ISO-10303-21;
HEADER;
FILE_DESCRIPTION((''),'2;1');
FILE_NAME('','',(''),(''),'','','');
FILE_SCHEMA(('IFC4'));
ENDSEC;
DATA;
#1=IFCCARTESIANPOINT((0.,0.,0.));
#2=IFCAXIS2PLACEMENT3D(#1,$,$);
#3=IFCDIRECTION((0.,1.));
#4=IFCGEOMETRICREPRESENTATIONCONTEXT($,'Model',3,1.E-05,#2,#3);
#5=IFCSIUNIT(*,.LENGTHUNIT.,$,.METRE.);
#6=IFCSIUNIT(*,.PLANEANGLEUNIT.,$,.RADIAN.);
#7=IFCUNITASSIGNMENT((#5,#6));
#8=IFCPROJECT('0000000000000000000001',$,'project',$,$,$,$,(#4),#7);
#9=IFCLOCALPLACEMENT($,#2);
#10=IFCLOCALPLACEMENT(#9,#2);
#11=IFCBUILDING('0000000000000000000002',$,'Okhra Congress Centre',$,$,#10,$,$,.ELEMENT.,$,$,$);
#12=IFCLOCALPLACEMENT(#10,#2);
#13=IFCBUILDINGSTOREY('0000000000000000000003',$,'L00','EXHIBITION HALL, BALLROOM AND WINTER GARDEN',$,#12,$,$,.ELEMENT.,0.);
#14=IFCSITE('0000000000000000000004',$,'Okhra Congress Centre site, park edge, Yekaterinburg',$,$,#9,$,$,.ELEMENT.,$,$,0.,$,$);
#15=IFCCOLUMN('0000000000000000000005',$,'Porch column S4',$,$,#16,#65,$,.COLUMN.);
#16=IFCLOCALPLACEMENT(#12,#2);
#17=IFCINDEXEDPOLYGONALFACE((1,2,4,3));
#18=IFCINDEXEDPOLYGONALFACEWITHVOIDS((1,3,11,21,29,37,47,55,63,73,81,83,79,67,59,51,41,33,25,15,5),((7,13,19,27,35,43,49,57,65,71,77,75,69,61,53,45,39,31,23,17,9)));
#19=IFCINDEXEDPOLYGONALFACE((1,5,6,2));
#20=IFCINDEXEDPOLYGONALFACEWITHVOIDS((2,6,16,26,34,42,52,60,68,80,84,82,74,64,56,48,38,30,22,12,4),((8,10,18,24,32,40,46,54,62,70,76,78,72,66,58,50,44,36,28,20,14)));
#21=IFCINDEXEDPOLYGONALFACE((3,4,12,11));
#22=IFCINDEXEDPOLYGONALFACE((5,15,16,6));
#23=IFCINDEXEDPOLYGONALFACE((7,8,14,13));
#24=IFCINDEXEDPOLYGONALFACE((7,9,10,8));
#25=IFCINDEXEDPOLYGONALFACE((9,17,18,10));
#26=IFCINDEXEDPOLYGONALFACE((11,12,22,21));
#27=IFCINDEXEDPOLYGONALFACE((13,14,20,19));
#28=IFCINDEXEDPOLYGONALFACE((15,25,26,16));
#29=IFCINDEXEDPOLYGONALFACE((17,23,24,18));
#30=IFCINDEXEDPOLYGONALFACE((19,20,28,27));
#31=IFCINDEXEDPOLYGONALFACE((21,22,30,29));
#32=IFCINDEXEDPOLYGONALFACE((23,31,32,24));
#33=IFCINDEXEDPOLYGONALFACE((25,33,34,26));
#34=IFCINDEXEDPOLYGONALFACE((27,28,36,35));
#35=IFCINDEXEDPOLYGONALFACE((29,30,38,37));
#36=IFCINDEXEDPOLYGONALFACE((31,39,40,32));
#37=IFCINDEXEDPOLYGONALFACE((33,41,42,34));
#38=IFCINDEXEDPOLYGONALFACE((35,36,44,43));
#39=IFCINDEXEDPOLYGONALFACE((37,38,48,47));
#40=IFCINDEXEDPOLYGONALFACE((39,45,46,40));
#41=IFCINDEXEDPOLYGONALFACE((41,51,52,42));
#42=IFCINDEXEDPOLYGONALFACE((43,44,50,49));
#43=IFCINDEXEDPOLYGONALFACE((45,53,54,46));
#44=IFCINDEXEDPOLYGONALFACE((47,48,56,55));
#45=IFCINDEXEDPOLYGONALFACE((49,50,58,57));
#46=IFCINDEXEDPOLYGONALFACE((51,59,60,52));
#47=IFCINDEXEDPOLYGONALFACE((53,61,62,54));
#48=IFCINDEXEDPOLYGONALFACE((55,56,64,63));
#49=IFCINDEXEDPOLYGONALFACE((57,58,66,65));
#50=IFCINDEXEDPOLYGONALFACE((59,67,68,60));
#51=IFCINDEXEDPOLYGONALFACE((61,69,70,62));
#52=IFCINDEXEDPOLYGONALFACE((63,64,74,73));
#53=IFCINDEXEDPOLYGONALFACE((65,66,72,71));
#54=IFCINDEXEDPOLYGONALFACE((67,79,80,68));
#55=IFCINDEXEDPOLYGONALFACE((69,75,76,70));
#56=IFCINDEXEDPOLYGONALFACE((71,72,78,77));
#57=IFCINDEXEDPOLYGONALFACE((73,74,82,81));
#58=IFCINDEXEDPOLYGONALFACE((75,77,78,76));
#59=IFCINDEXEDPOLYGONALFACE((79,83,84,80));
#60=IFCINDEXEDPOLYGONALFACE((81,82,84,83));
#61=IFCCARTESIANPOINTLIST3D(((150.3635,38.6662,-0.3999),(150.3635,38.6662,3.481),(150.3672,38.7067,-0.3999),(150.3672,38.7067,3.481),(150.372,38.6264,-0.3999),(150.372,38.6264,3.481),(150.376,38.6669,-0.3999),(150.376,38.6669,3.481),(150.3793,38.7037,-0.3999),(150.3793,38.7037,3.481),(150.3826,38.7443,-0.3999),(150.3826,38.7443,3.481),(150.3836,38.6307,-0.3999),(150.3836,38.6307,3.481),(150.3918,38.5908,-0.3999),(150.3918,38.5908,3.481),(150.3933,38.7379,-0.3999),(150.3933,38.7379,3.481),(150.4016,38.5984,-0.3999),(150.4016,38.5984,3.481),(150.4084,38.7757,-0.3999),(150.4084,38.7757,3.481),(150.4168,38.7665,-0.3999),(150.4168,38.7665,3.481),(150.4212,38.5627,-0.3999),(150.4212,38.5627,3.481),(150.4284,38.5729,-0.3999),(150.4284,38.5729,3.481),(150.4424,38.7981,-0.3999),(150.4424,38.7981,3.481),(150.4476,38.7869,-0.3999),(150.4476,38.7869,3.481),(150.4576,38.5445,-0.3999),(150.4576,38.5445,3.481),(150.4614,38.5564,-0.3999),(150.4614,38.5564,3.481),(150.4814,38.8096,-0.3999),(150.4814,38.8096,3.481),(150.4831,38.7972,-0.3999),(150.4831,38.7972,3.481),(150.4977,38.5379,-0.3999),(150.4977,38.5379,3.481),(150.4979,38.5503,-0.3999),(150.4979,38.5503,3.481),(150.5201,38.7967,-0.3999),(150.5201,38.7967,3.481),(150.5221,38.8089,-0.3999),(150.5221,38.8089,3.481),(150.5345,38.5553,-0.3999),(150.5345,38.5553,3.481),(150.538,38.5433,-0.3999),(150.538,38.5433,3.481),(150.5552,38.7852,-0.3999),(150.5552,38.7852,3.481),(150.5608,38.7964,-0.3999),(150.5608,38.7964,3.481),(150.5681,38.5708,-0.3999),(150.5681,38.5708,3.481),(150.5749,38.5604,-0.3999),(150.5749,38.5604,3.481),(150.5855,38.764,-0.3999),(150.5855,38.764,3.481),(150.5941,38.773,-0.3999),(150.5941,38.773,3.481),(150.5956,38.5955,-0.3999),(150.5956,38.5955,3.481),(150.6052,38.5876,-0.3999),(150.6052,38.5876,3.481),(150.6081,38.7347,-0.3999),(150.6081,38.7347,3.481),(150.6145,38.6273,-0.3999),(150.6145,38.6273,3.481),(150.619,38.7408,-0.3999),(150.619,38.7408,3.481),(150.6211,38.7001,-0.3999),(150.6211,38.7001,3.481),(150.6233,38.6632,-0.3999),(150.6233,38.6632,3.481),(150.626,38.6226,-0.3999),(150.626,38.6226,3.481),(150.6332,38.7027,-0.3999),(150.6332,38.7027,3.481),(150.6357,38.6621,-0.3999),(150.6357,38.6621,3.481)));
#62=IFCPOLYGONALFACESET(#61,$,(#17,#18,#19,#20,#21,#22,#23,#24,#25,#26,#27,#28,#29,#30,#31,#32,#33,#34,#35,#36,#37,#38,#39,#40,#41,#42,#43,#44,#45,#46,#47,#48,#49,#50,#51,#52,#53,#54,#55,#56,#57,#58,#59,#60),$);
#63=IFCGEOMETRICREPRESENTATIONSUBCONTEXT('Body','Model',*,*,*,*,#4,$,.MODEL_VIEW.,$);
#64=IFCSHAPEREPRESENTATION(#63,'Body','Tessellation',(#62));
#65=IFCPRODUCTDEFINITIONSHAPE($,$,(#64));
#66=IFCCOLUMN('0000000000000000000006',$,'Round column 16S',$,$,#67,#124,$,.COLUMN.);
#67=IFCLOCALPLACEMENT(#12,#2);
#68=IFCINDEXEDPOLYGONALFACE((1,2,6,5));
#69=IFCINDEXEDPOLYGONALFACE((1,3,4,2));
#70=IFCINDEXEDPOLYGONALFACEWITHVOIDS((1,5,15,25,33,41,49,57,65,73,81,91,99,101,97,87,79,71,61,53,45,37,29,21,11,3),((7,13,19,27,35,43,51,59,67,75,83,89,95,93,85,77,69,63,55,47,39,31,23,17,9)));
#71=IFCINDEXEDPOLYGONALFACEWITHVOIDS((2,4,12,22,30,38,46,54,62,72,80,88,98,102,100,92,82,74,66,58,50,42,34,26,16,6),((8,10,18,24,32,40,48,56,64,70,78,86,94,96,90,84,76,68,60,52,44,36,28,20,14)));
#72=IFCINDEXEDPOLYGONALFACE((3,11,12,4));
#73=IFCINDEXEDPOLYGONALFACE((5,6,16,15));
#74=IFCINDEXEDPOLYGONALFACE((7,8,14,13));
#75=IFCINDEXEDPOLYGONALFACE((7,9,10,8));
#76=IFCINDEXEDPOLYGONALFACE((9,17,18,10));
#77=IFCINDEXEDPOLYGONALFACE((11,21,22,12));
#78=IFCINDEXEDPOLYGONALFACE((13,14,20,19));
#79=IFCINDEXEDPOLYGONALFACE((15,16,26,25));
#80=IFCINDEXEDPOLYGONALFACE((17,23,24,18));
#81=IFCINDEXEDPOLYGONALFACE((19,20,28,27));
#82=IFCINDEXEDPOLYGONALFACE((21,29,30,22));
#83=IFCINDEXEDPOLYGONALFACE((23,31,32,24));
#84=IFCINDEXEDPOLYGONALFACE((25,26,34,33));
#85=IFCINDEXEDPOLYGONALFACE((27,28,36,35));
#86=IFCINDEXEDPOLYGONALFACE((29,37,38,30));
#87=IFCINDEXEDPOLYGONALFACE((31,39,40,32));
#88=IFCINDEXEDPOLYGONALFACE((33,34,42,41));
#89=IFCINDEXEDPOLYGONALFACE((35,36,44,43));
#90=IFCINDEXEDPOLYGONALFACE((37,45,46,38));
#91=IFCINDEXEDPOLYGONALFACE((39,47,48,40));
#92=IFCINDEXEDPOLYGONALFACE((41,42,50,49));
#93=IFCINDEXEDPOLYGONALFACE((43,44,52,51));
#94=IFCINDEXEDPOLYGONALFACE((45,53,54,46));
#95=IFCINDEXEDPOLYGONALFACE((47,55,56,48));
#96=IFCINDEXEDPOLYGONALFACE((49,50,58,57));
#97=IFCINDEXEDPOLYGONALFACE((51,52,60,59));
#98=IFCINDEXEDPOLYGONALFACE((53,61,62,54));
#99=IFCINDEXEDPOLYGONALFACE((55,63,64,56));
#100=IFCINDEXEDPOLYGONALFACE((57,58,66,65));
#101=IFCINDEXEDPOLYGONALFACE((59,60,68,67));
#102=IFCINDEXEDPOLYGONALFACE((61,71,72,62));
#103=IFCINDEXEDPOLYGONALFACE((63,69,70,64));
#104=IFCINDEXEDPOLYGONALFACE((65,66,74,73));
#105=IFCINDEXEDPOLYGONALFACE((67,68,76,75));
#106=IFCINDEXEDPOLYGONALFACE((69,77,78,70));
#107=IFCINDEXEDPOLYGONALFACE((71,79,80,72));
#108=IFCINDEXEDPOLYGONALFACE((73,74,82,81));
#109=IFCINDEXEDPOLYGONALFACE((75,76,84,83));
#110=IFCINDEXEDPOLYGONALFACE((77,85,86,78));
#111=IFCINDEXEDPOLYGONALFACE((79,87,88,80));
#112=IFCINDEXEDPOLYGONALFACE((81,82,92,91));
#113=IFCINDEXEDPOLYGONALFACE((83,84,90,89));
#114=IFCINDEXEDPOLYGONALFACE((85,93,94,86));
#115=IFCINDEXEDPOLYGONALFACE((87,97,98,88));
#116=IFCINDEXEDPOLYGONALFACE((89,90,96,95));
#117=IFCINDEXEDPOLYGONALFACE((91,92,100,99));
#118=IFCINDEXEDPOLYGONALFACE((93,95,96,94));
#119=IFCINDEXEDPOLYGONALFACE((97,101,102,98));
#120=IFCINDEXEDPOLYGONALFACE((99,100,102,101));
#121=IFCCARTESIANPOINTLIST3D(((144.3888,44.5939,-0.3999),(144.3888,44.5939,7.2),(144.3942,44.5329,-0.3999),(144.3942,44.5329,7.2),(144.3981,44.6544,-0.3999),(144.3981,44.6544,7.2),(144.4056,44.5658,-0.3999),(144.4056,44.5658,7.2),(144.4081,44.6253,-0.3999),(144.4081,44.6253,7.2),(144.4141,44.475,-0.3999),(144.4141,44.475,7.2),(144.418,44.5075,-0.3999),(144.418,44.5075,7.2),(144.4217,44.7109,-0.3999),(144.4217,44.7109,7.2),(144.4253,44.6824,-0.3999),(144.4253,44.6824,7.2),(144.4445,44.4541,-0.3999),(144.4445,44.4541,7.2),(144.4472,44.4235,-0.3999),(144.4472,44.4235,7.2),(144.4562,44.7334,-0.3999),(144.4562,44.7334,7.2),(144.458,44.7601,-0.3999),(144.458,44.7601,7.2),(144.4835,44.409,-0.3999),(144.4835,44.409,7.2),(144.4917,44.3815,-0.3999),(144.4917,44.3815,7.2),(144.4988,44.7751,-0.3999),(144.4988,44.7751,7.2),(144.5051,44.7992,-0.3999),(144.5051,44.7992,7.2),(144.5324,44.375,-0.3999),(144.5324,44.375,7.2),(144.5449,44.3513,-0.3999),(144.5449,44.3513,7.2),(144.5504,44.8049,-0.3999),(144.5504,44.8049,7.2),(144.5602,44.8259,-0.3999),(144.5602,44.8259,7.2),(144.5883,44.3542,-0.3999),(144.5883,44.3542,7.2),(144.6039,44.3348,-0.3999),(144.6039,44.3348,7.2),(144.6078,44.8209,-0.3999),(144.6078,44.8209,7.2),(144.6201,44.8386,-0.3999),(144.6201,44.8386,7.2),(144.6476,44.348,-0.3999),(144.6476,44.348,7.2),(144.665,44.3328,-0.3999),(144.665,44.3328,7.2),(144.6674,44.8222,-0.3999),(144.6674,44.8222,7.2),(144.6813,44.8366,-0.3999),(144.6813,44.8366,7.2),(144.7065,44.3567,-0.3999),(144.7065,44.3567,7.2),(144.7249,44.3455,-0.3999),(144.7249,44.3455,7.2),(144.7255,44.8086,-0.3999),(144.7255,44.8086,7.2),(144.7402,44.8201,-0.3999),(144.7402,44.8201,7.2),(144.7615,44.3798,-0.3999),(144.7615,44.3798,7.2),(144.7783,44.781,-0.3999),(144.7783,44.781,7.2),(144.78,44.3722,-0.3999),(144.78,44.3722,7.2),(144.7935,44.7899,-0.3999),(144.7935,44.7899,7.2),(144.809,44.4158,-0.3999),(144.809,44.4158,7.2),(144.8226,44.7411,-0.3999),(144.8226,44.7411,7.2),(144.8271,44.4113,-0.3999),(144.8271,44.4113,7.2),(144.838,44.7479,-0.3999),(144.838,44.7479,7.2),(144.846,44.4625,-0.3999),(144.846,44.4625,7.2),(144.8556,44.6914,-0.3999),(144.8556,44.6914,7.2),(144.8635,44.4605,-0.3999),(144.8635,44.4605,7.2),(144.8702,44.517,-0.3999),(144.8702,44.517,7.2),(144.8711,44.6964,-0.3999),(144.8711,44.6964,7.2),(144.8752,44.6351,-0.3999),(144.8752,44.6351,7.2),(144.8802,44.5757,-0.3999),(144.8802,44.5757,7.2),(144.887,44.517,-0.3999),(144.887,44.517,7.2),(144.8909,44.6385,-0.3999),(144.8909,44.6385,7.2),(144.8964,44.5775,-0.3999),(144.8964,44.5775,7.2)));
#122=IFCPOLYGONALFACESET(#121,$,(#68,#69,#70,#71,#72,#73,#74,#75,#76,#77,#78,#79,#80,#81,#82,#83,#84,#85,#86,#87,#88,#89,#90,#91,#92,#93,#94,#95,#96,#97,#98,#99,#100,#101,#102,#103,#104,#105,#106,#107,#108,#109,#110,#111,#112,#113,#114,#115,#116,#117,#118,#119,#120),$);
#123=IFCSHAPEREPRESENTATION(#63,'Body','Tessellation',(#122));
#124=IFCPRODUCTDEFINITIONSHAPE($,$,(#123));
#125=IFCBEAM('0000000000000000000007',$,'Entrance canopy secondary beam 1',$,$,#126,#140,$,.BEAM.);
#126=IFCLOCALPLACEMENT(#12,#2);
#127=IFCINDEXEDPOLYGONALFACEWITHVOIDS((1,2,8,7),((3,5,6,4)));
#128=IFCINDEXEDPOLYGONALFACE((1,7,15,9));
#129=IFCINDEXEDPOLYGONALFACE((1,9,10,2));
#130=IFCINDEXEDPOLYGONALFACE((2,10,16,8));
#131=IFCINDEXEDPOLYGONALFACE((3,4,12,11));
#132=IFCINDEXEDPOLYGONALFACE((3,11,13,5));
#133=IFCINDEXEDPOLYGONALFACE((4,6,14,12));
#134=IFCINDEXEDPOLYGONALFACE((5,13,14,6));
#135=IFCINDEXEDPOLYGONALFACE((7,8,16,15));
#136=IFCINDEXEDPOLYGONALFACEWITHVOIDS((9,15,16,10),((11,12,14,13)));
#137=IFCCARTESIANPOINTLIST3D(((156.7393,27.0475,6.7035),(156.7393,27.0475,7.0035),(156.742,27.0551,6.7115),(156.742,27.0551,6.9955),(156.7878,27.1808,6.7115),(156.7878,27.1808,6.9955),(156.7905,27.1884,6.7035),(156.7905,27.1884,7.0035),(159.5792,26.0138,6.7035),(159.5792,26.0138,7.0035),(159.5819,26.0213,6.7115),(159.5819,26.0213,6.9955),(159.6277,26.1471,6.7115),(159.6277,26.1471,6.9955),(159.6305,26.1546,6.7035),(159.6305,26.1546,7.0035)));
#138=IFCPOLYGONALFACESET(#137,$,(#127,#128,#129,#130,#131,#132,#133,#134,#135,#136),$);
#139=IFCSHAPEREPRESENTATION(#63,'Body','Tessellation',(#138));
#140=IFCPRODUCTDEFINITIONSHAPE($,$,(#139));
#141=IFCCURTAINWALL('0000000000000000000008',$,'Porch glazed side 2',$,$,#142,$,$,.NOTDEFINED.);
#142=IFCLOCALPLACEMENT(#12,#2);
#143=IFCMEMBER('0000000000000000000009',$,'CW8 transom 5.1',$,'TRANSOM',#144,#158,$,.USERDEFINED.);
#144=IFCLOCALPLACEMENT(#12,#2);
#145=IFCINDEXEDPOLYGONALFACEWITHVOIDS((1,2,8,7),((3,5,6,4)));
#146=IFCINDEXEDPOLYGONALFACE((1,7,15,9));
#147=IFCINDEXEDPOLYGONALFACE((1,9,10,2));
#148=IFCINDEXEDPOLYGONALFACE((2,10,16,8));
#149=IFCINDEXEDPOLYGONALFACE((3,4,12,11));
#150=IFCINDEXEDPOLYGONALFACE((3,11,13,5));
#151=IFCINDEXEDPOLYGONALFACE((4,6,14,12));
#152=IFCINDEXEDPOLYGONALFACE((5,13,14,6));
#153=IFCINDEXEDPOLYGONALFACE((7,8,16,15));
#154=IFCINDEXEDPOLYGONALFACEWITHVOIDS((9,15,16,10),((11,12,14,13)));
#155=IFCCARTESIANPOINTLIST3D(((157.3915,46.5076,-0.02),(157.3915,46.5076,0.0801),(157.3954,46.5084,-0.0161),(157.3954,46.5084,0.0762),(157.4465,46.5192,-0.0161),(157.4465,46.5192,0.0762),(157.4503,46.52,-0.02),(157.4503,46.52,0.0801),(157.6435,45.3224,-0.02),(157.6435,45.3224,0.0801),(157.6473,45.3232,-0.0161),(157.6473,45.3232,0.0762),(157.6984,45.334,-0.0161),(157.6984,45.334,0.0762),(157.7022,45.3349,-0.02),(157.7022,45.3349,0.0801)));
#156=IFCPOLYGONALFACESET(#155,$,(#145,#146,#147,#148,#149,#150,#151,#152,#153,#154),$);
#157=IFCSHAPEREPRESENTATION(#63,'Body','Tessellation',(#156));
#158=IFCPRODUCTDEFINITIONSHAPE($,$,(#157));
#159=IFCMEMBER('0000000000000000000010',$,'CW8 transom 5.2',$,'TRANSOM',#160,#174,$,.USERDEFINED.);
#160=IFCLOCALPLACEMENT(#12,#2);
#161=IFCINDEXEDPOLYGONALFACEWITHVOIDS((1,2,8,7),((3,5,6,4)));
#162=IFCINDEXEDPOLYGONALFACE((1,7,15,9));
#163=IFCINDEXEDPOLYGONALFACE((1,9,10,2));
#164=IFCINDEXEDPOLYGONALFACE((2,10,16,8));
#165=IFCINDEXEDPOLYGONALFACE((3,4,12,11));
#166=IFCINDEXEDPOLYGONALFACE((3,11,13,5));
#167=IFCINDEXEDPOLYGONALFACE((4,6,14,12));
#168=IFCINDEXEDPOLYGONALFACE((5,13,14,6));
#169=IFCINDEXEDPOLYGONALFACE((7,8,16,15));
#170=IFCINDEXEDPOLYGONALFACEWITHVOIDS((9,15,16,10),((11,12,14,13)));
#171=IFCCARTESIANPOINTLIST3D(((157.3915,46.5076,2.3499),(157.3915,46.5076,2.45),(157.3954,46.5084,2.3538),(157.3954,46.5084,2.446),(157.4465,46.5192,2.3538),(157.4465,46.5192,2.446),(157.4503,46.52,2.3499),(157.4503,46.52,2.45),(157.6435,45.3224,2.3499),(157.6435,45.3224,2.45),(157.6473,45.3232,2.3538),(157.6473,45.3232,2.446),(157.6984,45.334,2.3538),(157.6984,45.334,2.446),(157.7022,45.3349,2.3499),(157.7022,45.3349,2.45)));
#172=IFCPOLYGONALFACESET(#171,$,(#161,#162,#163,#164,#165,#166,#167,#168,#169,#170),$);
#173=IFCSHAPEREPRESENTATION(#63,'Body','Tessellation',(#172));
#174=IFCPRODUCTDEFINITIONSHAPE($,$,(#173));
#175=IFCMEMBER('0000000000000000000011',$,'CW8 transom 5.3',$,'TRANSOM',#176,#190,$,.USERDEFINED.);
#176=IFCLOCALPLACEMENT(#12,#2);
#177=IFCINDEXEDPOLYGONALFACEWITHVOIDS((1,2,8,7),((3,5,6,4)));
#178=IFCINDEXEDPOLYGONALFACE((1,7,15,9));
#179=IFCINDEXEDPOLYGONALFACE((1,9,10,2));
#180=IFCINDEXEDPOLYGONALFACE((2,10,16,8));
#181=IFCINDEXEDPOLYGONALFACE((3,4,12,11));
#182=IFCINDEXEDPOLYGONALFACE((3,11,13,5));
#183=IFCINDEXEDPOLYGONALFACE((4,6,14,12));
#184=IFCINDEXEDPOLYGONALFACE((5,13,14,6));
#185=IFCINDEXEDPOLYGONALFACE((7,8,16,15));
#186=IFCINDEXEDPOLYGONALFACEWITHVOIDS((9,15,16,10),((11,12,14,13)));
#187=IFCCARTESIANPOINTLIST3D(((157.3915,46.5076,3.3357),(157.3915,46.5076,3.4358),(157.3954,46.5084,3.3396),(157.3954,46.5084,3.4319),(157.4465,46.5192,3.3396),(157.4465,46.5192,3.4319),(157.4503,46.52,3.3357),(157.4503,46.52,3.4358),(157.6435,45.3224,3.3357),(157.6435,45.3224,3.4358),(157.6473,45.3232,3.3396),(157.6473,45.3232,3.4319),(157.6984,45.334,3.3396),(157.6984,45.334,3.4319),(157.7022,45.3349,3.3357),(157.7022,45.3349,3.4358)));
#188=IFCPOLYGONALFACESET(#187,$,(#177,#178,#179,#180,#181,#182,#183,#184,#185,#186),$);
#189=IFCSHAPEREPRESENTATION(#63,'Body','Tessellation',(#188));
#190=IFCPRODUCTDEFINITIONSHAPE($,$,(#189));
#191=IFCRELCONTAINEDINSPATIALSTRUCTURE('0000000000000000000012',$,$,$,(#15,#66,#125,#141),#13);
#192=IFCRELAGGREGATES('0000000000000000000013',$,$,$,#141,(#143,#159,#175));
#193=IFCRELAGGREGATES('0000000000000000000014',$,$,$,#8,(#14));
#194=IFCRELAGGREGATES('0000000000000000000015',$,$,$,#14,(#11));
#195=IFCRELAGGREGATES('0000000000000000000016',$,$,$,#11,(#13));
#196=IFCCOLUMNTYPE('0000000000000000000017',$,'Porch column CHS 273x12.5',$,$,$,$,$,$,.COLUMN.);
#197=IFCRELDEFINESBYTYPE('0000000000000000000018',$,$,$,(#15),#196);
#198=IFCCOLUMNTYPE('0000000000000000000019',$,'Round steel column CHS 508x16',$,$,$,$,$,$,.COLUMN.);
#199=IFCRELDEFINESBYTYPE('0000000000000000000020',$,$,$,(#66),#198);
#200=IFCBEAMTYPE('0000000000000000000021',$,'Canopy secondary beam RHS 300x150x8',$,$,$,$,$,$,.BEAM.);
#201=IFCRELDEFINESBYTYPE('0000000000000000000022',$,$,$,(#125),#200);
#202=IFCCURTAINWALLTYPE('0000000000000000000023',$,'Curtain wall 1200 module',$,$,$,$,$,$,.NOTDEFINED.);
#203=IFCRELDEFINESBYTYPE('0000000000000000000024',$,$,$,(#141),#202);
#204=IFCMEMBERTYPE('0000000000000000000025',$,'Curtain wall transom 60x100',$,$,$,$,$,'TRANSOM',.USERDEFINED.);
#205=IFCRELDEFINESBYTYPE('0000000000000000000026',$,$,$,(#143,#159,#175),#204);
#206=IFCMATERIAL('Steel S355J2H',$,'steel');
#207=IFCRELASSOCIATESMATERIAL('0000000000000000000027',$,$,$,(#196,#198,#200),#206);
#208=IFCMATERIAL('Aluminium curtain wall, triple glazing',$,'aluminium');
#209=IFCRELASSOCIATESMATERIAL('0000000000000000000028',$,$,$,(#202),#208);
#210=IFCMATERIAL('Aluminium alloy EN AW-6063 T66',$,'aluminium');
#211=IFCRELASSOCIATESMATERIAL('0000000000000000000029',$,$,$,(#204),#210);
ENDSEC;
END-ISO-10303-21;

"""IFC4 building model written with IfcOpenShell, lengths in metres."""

from ifc_helpers import new_model, si_unit, direction, frame, origin, origin_2d, place, context, subcontext, project, spatial, hollow_rectangle, hollow_circle, extrude, material, material_profile, profile_set, type_object, element, aggregate, save


model = new_model("IFC4")

# Units and contexts
model_context = context("Model", 3, precision=1e-05, world=origin(), true_north=direction((0.0, 1.0)))
body_context = subcontext(model_context, "Body", "Model", "MODEL_VIEW")
ifc_project = project(units=[si_unit("LENGTHUNIT", "METRE"), si_unit("PLANEANGLEUNIT", "RADIAN")], contexts=[model_context])

# Site, building, storey
site_placement = place(None, origin())
site = spatial("IfcSite", under=ifc_project, at=site_placement, Name="Okhra Congress Centre site, park edge, Yekaterinburg", CompositionType="ELEMENT", RefElevation=0.0)
building_placement = place(site_placement, origin())
building = spatial("IfcBuilding", under=site, at=building_placement, Name="Okhra Congress Centre", CompositionType="ELEMENT")
storey_placement = place(building_placement, origin())
storey = spatial("IfcBuildingStorey", under=building, at=storey_placement, Name="L00", Description="EXHIBITION HALL, BALLROOM AND WINTER GARDEN", CompositionType="ELEMENT", Elevation=0.0)

# Columns
ifc_material_1 = material(Name="Steel S355J2H", Category="steel")
ifc_material_profile_1 = material_profile(ifc_material_1, hollow_circle(Radius=0.1365, WallThickness=0.0125, at=origin_2d()), Name="CHS 273x12.5")
ifc_profile_set_1 = profile_set([ifc_material_profile_1], Name="Steel S355J2H")
column_type_1 = type_object("IfcColumnType", Name="Porch column CHS 273x12.5", PredefinedType="COLUMN", material=ifc_profile_set_1)
for number, where, z_axis, x_axis, name in (
    (1, (150.4998, 38.6743, -0.3999), (0.0, 0.0, 1.0), (0.978148, 0.207912, 0.0), "Porch column S4"),
):
    element("IfcColumn", number, at=place(storey_placement, frame(where, z_axis=z_axis, x_axis=x_axis)), inside=storey, type_object=column_type_1, Name=name, PredefinedType="COLUMN", context=body_context, shape_type="SweptSolid", body=[
        extrude(hollow_circle(Radius=0.1365, WallThickness=0.0125, at=origin_2d()), origin(), (0.0, 0.0, 1.0), 3.8809),
    ])
ifc_material_profile_2 = material_profile(ifc_material_1, hollow_circle(Radius=0.2539, WallThickness=0.0161, at=origin_2d()), Name="CHS 508x16")
ifc_profile_set_2 = profile_set([ifc_material_profile_2], Name="Steel S355J2H")
column_type_2 = type_object("IfcColumnType", Name="Round steel column CHS 508x16", PredefinedType="COLUMN", material=ifc_profile_set_2)
column_placement = place(storey_placement, frame((144.6426, 44.5857, -0.3999), z_axis=(0.0, 0.0, 1.0), x_axis=(0.978148, 0.207912, 0.0)))
element("IfcColumn", 2, at=column_placement, inside=storey, type_object=column_type_2, Name="Round column 16S", PredefinedType="COLUMN", context=body_context, shape_type="SweptSolid", body=[
    extrude(hollow_circle(Radius=0.2539, WallThickness=0.0161, at=origin_2d()), origin(), (0.0, 0.0, 1.0), 7.5999),
])

# Beam
ifc_material_profile_3 = material_profile(ifc_material_1, hollow_rectangle(XDim=0.1499, YDim=0.3, WallThickness=0.0081, at=origin_2d()), Name="RHS 300x150x8")
ifc_profile_set_3 = profile_set([ifc_material_profile_3], Name="Steel S355J2H")
beam_type_1 = type_object("IfcBeamType", Name="Canopy secondary beam RHS 300x150x8", PredefinedType="BEAM", material=ifc_profile_set_3)
beam_1_placement = place(storey_placement, frame((156.7649, 27.1179, 6.8535), z_axis=(0.939685, -0.342041, 0.0), x_axis=(0.342041, 0.939685, 0.0)))
element("IfcBeam", 3, at=beam_1_placement, inside=storey, type_object=beam_type_1, Name="Entrance canopy secondary beam 1", PredefinedType="BEAM", context=body_context, shape_type="SweptSolid", body=[
    extrude(hollow_rectangle(XDim=0.1499, YDim=0.3, WallThickness=0.0081, at=origin_2d()), origin(), (0.0, 0.0, 1.0), 3.0222),
])

# Curtain wall, members
ifc_material_2 = material(Name="Aluminium curtain wall, triple glazing", Category="aluminium")
curtain_wall_type = type_object("IfcCurtainWallType", Name="Curtain wall 1200 module", PredefinedType="NOTDEFINED", material=ifc_material_2)
curtain_wall_placement = place(storey_placement, origin())
curtain_wall = element("IfcCurtainWall", 4, at=curtain_wall_placement, inside=storey, type_object=curtain_wall_type, Name="Porch glazed side 2", PredefinedType="NOTDEFINED")
ifc_material_3 = material(Name="Aluminium alloy EN AW-6063 T66", Category="aluminium")
ifc_material_profile_4 = material_profile(ifc_material_3, hollow_rectangle(XDim=0.0601, YDim=0.1001, WallThickness=0.0039, at=origin_2d()), Name="RHS 60x100x4")
ifc_profile_set_4 = profile_set([ifc_material_profile_4], Name="Aluminium alloy EN AW-6063 T66")
member_type = type_object("IfcMemberType", Name="Curtain wall transom 60x100", ElementType="TRANSOM", PredefinedType="USERDEFINED", material=ifc_profile_set_4)
member_1_placement = place(storey_placement, frame((157.6729, 45.3286, 0.03), z_axis=(-0.207919, 0.978146, 0.0), x_axis=(-0.978146, -0.207919, 0.0)))
member_1 = element("IfcMember", 5, at=member_1_placement, type_object=member_type, Name="CW8 transom 5.1", ObjectType="TRANSOM", PredefinedType="USERDEFINED", context=body_context, shape_type="SweptSolid", body=[
    extrude(hollow_rectangle(XDim=0.0601, YDim=0.1001, WallThickness=0.0039, at=origin_2d()), origin(), (0.0, 0.0, 1.0), 1.2117),
])
member_2_placement = place(storey_placement, frame((157.6729, 45.3286, 2.3999), z_axis=(-0.207919, 0.978146, 0.0), x_axis=(-0.978146, -0.207919, 0.0)))
member_2 = element("IfcMember", 6, at=member_2_placement, type_object=member_type, Name="CW8 transom 5.2", ObjectType="TRANSOM", PredefinedType="USERDEFINED", context=body_context, shape_type="SweptSolid", body=[
    extrude(hollow_rectangle(XDim=0.0601, YDim=0.1001, WallThickness=0.0039, at=origin_2d()), origin(), (0.0, 0.0, 1.0), 1.2117),
])
member_3_placement = place(storey_placement, frame((157.6729, 45.3286, 3.3857), z_axis=(-0.207919, 0.978146, 0.0), x_axis=(-0.978146, -0.207919, 0.0)))
member_3 = element("IfcMember", 7, at=member_3_placement, type_object=member_type, Name="CW8 transom 5.3", ObjectType="TRANSOM", PredefinedType="USERDEFINED", context=body_context, shape_type="SweptSolid", body=[
    extrude(hollow_rectangle(XDim=0.0601, YDim=0.1001, WallThickness=0.0039, at=origin_2d()), origin(), (0.0, 0.0, 1.0), 1.2117),
])
aggregate(curtain_wall, [member_1, member_2, member_3])

save(model, "model.ifc")
